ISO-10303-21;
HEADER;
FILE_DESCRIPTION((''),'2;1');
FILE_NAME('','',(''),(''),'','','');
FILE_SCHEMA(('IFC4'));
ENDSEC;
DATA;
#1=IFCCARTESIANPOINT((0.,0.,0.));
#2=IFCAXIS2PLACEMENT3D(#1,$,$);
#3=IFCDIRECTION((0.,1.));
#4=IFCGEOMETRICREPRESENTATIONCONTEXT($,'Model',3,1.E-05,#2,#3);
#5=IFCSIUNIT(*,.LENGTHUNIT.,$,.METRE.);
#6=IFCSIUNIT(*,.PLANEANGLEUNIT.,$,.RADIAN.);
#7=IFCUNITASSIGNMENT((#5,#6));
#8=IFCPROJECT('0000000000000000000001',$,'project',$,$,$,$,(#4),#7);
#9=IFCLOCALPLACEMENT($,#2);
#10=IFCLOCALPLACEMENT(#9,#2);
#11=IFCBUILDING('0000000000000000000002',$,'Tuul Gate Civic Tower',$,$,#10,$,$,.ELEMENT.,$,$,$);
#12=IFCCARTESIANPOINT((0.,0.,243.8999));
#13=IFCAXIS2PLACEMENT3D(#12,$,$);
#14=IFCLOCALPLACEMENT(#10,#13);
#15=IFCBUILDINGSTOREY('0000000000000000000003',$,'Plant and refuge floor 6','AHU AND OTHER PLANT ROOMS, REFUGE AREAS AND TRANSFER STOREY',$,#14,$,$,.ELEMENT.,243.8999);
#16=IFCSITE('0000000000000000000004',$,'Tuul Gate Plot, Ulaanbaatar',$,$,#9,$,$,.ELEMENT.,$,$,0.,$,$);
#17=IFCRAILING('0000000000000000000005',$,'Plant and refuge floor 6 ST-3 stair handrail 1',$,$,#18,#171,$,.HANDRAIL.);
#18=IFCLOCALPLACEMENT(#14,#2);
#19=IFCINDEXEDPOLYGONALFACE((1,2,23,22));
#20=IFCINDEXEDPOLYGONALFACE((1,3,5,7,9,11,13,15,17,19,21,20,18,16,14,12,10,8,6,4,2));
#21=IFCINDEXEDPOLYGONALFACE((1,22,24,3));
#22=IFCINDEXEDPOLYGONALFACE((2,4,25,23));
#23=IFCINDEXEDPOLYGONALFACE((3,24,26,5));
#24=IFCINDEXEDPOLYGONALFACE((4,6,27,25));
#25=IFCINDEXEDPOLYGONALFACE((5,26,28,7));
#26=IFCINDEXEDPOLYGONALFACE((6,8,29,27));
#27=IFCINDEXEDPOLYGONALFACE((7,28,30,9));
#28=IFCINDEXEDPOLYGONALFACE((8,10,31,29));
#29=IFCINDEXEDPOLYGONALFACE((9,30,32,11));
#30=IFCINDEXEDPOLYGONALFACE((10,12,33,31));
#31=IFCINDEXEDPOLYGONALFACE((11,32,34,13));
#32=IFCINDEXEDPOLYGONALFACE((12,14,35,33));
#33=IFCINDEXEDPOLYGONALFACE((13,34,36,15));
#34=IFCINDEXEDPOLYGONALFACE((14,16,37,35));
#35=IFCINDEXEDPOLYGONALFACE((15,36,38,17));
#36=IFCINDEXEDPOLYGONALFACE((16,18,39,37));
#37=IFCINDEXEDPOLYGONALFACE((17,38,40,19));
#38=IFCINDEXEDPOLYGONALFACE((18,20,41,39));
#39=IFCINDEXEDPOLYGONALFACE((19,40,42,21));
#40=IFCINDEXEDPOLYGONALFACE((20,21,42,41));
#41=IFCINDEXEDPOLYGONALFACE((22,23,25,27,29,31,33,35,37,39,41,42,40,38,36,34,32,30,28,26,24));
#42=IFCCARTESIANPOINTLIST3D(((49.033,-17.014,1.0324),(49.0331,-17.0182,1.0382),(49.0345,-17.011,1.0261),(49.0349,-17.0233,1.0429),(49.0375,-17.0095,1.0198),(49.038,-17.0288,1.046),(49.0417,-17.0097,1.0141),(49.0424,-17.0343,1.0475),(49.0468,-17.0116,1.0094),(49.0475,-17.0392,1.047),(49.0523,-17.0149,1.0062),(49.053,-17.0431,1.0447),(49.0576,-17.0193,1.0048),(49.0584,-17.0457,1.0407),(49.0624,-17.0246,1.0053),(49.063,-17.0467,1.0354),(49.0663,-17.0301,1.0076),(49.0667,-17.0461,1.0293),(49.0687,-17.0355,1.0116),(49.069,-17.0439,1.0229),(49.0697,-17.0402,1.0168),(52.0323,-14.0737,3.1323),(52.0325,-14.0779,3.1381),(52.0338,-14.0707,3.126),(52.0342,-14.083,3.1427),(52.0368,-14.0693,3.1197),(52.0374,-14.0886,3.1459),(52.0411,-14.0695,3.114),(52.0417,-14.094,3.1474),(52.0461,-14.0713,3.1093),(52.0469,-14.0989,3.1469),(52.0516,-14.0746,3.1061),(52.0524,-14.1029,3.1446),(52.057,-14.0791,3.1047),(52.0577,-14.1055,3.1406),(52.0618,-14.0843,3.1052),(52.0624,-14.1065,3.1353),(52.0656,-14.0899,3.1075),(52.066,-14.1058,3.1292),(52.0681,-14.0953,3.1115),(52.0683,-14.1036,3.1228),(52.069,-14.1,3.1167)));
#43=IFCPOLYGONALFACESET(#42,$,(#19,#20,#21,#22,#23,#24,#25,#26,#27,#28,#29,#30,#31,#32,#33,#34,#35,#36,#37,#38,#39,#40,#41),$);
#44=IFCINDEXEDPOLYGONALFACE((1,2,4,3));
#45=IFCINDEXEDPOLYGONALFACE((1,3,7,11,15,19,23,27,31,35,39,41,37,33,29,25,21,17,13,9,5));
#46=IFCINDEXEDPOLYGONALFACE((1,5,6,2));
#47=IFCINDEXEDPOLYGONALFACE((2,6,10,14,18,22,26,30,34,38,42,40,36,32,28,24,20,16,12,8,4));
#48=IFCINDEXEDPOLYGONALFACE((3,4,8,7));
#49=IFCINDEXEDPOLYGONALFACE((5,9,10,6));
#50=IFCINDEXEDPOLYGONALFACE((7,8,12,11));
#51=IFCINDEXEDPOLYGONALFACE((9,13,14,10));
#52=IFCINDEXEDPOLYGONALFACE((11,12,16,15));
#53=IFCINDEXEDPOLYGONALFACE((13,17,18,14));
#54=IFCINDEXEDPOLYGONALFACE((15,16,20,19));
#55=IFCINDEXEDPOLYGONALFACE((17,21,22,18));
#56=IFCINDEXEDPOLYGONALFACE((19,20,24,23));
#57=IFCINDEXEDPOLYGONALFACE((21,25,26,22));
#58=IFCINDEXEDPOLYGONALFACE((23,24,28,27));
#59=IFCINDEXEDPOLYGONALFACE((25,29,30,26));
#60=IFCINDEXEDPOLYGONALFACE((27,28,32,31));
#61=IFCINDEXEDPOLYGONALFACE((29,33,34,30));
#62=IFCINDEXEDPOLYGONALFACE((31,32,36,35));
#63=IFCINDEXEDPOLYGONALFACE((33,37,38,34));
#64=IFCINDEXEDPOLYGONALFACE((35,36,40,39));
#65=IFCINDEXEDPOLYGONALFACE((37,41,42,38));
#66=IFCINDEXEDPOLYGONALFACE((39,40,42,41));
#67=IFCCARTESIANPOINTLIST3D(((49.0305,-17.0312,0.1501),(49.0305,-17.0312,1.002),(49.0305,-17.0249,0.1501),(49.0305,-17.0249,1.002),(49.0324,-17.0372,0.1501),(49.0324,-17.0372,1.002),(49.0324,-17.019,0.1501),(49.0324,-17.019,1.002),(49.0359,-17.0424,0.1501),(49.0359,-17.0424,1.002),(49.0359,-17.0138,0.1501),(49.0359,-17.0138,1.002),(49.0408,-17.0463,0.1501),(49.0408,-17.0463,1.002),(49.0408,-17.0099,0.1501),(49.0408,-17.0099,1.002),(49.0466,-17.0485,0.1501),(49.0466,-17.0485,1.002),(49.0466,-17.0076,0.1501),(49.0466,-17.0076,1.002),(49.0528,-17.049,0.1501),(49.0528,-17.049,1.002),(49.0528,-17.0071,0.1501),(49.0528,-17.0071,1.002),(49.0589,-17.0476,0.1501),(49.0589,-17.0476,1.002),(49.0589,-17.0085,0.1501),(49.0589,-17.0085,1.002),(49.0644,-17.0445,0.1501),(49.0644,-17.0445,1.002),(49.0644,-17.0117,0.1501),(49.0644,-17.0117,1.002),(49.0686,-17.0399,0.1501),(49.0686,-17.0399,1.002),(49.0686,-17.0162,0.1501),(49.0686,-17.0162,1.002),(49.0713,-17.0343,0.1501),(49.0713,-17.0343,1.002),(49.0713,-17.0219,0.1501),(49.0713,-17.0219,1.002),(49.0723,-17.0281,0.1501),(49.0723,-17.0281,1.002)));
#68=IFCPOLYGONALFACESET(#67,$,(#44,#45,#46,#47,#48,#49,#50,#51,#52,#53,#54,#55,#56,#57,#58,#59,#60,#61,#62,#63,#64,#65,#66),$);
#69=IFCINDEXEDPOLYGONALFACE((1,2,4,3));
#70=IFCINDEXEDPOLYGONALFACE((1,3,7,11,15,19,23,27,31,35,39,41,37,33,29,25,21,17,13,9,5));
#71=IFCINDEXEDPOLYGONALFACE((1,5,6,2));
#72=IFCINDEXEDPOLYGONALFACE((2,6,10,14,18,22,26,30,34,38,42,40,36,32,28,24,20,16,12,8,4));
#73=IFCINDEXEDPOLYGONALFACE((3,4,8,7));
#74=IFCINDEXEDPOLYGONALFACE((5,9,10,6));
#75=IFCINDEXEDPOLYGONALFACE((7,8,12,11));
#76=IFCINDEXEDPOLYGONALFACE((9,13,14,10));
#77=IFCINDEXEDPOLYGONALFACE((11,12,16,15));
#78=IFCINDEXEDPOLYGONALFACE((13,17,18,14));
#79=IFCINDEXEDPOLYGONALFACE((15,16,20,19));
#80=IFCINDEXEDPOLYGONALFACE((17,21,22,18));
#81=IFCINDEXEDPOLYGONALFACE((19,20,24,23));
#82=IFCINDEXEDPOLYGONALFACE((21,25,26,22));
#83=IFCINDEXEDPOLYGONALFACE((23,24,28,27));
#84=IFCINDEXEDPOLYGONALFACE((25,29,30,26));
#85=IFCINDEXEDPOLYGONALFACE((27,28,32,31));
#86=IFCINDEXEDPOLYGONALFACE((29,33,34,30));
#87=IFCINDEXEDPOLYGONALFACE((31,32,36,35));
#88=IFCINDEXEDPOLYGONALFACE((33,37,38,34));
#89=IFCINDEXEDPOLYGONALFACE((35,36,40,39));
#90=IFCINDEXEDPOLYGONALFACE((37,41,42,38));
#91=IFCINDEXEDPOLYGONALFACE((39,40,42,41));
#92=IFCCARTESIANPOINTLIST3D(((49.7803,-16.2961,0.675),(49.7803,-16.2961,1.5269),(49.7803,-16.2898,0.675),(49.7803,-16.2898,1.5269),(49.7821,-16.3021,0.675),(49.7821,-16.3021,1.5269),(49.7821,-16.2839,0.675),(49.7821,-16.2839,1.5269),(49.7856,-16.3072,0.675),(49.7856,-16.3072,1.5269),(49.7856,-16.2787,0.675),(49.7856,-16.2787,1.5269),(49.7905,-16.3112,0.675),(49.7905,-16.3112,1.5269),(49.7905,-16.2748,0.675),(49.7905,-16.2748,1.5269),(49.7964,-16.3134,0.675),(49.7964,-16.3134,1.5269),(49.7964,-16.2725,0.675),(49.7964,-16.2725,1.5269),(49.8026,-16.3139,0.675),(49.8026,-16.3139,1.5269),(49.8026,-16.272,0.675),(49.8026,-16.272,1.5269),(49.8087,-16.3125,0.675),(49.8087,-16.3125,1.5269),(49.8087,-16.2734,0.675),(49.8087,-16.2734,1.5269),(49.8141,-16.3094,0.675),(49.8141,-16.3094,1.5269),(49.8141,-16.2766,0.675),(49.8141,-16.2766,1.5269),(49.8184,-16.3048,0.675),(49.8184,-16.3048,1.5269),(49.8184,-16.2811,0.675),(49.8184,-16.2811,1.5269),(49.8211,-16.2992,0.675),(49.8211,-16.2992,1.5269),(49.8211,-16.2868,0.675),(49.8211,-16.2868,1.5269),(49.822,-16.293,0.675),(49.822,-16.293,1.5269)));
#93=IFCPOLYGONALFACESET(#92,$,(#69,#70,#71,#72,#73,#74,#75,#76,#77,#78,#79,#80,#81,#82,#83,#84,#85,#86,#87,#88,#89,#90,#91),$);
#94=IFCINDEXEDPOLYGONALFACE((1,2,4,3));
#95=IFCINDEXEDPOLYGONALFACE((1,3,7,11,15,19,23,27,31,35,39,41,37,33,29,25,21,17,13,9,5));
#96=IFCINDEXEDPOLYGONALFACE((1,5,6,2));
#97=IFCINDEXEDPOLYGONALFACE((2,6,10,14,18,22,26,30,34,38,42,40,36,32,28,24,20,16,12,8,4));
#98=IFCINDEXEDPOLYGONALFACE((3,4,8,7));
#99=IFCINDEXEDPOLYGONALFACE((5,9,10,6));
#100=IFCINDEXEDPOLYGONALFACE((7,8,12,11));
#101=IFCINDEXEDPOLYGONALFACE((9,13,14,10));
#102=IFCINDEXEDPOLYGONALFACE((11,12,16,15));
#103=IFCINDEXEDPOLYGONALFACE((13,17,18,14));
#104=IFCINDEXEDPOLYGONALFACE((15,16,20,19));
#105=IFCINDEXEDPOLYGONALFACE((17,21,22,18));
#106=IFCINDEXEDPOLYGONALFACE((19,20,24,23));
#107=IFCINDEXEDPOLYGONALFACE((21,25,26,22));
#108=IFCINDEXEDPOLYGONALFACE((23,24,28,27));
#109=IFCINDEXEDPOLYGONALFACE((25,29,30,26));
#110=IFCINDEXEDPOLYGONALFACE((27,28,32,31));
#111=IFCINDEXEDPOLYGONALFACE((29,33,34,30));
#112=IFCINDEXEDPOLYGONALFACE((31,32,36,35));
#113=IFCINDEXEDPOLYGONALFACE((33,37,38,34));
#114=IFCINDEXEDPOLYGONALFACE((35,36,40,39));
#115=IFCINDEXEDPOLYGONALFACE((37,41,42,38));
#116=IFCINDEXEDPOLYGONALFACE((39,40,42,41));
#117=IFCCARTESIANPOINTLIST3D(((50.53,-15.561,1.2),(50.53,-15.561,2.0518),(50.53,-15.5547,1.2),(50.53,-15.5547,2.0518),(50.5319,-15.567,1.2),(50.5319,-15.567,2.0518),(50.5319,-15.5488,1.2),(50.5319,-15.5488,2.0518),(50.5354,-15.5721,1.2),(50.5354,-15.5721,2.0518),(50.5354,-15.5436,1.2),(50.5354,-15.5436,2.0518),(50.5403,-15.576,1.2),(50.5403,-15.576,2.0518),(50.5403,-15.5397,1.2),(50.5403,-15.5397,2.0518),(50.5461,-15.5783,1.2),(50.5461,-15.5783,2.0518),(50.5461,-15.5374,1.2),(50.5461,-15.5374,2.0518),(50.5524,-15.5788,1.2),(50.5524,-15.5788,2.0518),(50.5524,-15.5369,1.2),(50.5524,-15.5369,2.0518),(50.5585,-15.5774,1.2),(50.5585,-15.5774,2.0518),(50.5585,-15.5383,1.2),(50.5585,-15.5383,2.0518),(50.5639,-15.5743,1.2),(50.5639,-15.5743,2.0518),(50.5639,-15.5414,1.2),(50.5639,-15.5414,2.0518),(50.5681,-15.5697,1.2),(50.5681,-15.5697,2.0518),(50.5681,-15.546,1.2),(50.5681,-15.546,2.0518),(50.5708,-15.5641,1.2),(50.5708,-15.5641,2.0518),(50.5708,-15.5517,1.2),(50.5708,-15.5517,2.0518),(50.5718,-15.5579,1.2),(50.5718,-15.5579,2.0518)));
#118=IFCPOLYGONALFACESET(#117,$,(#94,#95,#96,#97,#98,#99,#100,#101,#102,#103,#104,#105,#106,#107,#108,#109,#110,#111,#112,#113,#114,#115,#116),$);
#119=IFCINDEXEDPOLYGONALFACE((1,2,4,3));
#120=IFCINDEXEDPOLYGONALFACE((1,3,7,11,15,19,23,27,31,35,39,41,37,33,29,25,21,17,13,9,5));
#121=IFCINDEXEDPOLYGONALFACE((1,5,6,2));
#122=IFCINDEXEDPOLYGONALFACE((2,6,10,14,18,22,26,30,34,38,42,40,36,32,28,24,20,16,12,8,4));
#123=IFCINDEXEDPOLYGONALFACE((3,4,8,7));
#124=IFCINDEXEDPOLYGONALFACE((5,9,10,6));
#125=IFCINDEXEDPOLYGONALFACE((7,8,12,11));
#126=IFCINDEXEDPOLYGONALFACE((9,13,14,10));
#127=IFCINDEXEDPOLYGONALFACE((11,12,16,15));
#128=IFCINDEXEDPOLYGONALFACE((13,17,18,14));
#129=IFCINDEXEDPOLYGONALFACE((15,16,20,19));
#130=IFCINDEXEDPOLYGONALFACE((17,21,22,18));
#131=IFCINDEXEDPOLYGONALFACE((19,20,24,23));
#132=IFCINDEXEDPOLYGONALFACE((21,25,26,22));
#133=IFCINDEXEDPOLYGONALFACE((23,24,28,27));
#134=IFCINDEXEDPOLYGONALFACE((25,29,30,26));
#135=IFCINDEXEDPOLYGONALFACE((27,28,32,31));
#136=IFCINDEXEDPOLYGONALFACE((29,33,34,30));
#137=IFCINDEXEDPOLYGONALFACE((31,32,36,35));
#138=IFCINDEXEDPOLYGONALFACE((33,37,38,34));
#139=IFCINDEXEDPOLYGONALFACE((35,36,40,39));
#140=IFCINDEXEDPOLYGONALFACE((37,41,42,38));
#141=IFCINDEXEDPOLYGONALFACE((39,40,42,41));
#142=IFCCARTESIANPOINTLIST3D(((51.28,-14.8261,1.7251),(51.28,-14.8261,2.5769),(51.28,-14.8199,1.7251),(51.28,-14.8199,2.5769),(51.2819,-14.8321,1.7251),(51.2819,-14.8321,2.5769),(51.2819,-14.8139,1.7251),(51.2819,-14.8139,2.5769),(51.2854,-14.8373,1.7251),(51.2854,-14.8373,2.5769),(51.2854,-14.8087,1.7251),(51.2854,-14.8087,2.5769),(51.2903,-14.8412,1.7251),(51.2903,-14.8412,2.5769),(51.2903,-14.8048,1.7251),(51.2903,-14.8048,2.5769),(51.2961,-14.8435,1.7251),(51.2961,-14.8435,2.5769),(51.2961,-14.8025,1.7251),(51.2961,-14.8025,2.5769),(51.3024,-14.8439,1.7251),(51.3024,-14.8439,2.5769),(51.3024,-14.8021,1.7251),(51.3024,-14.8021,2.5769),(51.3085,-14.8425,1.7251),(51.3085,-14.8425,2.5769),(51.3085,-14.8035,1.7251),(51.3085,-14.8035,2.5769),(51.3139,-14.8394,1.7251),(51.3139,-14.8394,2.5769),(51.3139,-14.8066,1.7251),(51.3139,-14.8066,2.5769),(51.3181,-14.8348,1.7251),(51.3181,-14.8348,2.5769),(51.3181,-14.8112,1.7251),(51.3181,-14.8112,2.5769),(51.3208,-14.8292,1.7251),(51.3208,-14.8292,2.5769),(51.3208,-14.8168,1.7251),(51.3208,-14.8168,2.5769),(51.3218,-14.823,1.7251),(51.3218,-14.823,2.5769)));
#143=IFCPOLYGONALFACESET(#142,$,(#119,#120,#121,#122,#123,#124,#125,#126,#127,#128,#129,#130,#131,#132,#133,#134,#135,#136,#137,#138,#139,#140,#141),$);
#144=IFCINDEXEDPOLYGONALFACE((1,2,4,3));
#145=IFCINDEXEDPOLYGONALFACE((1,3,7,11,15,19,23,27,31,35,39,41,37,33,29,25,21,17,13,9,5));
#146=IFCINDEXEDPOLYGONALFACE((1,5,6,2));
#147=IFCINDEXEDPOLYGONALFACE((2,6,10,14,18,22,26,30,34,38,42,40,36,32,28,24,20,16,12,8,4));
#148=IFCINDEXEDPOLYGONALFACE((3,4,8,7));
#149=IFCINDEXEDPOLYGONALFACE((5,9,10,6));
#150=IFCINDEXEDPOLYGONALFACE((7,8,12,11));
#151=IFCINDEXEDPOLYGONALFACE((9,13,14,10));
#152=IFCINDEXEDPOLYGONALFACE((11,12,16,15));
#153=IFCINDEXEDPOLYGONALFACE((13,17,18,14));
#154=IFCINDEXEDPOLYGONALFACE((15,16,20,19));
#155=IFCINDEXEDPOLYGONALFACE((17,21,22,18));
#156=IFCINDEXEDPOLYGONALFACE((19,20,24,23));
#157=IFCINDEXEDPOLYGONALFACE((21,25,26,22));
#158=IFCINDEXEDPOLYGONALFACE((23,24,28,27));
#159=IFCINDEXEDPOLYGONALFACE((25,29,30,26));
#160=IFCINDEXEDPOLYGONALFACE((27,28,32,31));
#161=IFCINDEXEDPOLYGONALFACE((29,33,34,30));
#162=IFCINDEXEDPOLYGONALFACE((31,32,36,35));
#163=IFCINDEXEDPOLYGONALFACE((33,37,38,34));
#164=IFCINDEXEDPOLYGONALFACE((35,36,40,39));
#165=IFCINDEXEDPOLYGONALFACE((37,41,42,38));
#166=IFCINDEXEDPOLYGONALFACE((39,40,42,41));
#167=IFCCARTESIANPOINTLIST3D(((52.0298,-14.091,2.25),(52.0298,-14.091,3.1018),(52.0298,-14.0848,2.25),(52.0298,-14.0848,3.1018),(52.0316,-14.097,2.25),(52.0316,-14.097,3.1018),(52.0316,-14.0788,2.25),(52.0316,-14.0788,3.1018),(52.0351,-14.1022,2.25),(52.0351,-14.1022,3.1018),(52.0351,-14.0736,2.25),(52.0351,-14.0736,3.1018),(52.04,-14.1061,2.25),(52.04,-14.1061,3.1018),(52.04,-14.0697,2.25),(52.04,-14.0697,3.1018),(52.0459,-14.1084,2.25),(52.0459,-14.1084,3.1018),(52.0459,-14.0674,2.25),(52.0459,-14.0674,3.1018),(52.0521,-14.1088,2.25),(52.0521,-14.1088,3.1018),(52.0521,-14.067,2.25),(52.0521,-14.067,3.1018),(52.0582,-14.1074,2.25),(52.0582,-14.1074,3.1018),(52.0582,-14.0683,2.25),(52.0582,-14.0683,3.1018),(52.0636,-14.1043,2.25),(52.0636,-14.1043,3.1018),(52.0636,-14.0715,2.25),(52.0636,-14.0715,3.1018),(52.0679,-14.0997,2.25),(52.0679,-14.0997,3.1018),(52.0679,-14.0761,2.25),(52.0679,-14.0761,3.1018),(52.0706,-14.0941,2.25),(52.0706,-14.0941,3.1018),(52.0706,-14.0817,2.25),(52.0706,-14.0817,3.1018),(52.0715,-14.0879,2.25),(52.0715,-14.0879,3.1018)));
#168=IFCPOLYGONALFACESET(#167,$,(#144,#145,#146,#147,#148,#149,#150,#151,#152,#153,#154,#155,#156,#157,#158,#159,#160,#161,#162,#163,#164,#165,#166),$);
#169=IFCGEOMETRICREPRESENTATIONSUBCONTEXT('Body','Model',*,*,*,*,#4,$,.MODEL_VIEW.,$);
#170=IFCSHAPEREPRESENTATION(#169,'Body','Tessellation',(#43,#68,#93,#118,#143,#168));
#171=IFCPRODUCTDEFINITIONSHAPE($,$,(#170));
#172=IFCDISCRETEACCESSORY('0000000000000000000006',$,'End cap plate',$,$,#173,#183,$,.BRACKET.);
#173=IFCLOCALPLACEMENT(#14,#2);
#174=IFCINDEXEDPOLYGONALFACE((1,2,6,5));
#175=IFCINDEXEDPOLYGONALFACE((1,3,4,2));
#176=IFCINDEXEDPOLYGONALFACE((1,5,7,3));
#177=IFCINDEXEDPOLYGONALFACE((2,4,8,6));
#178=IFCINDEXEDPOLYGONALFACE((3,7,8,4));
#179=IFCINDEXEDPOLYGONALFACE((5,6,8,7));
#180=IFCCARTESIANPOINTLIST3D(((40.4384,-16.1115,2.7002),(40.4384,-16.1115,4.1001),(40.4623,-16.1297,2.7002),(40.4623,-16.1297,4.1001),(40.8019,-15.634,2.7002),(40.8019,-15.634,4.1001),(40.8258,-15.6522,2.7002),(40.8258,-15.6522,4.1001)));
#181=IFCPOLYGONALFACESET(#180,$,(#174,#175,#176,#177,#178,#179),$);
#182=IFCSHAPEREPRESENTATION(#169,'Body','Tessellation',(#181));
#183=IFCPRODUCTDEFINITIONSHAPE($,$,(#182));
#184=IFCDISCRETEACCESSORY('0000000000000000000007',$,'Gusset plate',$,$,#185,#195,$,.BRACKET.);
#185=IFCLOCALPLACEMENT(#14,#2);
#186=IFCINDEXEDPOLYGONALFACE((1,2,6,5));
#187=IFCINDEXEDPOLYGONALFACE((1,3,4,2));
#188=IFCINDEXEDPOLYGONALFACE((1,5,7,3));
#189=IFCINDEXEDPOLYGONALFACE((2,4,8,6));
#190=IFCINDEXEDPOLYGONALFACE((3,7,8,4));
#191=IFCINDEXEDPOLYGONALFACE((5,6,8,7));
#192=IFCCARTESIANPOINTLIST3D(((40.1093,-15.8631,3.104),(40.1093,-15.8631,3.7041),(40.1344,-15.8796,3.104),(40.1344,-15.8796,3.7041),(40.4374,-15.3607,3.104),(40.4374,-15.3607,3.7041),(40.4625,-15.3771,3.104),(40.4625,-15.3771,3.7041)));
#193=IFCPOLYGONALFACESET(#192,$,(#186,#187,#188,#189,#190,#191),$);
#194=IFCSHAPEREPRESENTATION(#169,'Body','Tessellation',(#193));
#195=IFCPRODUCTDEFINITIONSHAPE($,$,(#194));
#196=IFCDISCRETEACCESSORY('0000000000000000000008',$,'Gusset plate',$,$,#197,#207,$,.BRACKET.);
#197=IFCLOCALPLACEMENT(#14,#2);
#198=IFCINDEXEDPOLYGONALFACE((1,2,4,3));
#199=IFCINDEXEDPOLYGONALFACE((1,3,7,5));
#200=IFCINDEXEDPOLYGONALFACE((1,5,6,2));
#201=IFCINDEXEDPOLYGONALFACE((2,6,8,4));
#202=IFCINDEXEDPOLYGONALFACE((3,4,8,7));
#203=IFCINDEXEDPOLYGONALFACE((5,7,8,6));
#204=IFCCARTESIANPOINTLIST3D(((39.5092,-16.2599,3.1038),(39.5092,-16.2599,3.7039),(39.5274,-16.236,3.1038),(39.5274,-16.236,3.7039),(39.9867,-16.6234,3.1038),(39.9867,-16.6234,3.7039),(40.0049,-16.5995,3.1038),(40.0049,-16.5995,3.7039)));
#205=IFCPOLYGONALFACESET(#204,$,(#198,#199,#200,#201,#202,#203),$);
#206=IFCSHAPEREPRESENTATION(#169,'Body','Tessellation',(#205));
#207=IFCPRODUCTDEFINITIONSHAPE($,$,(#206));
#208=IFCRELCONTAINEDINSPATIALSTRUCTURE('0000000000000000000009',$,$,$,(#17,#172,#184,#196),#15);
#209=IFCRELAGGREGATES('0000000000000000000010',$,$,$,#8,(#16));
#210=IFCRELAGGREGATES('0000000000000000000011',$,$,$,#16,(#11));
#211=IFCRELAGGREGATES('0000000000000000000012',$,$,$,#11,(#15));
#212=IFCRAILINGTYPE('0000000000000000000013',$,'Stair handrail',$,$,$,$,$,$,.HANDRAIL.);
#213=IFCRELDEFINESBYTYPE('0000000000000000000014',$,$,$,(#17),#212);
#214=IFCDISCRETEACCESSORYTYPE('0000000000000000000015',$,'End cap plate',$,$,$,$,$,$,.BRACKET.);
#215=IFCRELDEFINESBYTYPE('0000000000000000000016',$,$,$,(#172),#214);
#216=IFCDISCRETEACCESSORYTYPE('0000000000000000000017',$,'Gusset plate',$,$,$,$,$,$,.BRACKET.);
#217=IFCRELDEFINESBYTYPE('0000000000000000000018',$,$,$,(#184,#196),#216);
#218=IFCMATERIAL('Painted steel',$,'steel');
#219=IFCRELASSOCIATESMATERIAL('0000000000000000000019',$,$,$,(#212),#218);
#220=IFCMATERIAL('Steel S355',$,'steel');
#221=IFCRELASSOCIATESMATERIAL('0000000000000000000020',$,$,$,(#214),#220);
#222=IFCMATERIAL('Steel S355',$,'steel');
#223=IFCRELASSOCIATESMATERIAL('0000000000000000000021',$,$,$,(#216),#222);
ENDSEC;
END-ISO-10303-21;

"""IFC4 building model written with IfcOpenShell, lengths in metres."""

from ifc_helpers import new_model, si_unit, direction, frame, origin, origin_2d, place, context, subcontext, project, spatial, rectangle, circle, extrude, material, type_object, element, save


model = new_model("IFC4")

# Units and contexts
model_context = context("Model", 3, precision=1e-05, world=origin(), true_north=direction((0.0, 1.0)))
body_context = subcontext(model_context, "Body", "Model", "MODEL_VIEW")
ifc_project = project(units=[si_unit("LENGTHUNIT", "METRE"), si_unit("PLANEANGLEUNIT", "RADIAN")], contexts=[model_context])

# Site, building, storey
site_placement = place(None, origin())
site = spatial("IfcSite", under=ifc_project, at=site_placement, Name="Tuul Gate Plot, Ulaanbaatar", CompositionType="ELEMENT", RefElevation=0.0)
building_placement = place(site_placement, origin())
building = spatial("IfcBuilding", under=site, at=building_placement, Name="Tuul Gate Civic Tower", CompositionType="ELEMENT")
storey_placement = place(building_placement, frame((0.0, 0.0, 243.8999)))
storey = spatial("IfcBuildingStorey", under=building, at=storey_placement, Name="Plant and refuge floor 6", Description="AHU AND OTHER PLANT ROOMS, REFUGE AREAS AND TRANSFER STOREY", CompositionType="ELEMENT", Elevation=243.8999)

# Railing
ifc_material_1 = material(Name="Painted steel", Category="steel")
railing_type_1 = type_object("IfcRailingType", Name="Stair handrail", PredefinedType="HANDRAIL", material=ifc_material_1)
railing_1_placement = place(storey_placement, frame((49.0513, -17.0281, 0.1501)))
element("IfcRailing", 1, at=railing_1_placement, inside=storey, type_object=railing_type_1, Name="Plant and refuge floor 6 ST-3 stair handrail 1", PredefinedType="HANDRAIL", context=body_context, shape_type="SweptSolid", body=[
    extrude(circle(Radius=0.0239, at=origin_2d()), frame((0.0, 0.0, 0.876), z_axis=(0.638725, 0.626143, 0.447186), x_axis=(-0.700038, 0.714105, 0.0)), (0.0, 0.0, 1.0), 4.6958),
    extrude(circle(Radius=0.021, at=origin_2d()), origin(), (0.0, 0.0, 1.0), 0.8518),
    extrude(circle(Radius=0.021, at=origin_2d()), frame((0.7498, 0.7351, 0.5249)), (0.0, 0.0, 1.0), 0.8518),
    extrude(circle(Radius=0.021, at=origin_2d()), frame((1.4995, 1.4702, 1.0498)), (0.0, 0.0, 1.0), 0.8518),
    extrude(circle(Radius=0.021, at=origin_2d()), frame((2.2495, 2.2051, 1.575)), (0.0, 0.0, 1.0), 0.8518),
    extrude(circle(Radius=0.021, at=origin_2d()), frame((2.9993, 2.9402, 2.0999)), (0.0, 0.0, 1.0), 0.8518),
])

# Discrete accessories
ifc_material_2 = material(Name="Steel S355", Category="steel")
discrete_accessory_type_1 = type_object("IfcDiscreteAccessoryType", Name="End cap plate", PredefinedType="BRACKET", material=ifc_material_2)
discrete_accessory_placement = place(storey_placement, frame((40.6321, -15.8818, 2.7002), z_axis=(0.0, 0.0, 1.0), x_axis=(0.795616, -0.605801, 0.0)))
element("IfcDiscreteAccessory", 2, at=discrete_accessory_placement, inside=storey, type_object=discrete_accessory_type_1, Name="End cap plate", PredefinedType="BRACKET", context=body_context, shape_type="SweptSolid", body=[
    extrude(rectangle(XDim=0.03, YDim=0.6001, at=origin_2d()), origin(), (0.0, 0.0, 1.0), 1.3999),
])
ifc_material_3 = material(Name="Steel S355", Category="steel")
discrete_accessory_type_2 = type_object("IfcDiscreteAccessoryType", Name="Gusset plate", PredefinedType="BRACKET", material=ifc_material_3)
for number, where, z_axis, x_axis, name in (
    (3, (40.2859, -15.6201, 3.104), (0.0, 0.0, 1.0), (0.546722, 0.837314, 0.0), "Gusset plate"),
    (4, (39.7571, -16.4297, 3.1038), (0.0, 0.0, 1.0), (0.795664, -0.605738, 0.0), "Gusset plate"),
):
    element("IfcDiscreteAccessory", number, at=place(storey_placement, frame(where, z_axis=z_axis, x_axis=x_axis)), inside=storey, type_object=discrete_accessory_type_2, Name=name, PredefinedType="BRACKET", context=body_context, shape_type="SweptSolid", body=[
        extrude(rectangle(XDim=0.6001, YDim=0.03, at=origin_2d()), origin(), (0.0, 0.0, 1.0), 0.6001),
    ])

save(model, "model.ifc")
